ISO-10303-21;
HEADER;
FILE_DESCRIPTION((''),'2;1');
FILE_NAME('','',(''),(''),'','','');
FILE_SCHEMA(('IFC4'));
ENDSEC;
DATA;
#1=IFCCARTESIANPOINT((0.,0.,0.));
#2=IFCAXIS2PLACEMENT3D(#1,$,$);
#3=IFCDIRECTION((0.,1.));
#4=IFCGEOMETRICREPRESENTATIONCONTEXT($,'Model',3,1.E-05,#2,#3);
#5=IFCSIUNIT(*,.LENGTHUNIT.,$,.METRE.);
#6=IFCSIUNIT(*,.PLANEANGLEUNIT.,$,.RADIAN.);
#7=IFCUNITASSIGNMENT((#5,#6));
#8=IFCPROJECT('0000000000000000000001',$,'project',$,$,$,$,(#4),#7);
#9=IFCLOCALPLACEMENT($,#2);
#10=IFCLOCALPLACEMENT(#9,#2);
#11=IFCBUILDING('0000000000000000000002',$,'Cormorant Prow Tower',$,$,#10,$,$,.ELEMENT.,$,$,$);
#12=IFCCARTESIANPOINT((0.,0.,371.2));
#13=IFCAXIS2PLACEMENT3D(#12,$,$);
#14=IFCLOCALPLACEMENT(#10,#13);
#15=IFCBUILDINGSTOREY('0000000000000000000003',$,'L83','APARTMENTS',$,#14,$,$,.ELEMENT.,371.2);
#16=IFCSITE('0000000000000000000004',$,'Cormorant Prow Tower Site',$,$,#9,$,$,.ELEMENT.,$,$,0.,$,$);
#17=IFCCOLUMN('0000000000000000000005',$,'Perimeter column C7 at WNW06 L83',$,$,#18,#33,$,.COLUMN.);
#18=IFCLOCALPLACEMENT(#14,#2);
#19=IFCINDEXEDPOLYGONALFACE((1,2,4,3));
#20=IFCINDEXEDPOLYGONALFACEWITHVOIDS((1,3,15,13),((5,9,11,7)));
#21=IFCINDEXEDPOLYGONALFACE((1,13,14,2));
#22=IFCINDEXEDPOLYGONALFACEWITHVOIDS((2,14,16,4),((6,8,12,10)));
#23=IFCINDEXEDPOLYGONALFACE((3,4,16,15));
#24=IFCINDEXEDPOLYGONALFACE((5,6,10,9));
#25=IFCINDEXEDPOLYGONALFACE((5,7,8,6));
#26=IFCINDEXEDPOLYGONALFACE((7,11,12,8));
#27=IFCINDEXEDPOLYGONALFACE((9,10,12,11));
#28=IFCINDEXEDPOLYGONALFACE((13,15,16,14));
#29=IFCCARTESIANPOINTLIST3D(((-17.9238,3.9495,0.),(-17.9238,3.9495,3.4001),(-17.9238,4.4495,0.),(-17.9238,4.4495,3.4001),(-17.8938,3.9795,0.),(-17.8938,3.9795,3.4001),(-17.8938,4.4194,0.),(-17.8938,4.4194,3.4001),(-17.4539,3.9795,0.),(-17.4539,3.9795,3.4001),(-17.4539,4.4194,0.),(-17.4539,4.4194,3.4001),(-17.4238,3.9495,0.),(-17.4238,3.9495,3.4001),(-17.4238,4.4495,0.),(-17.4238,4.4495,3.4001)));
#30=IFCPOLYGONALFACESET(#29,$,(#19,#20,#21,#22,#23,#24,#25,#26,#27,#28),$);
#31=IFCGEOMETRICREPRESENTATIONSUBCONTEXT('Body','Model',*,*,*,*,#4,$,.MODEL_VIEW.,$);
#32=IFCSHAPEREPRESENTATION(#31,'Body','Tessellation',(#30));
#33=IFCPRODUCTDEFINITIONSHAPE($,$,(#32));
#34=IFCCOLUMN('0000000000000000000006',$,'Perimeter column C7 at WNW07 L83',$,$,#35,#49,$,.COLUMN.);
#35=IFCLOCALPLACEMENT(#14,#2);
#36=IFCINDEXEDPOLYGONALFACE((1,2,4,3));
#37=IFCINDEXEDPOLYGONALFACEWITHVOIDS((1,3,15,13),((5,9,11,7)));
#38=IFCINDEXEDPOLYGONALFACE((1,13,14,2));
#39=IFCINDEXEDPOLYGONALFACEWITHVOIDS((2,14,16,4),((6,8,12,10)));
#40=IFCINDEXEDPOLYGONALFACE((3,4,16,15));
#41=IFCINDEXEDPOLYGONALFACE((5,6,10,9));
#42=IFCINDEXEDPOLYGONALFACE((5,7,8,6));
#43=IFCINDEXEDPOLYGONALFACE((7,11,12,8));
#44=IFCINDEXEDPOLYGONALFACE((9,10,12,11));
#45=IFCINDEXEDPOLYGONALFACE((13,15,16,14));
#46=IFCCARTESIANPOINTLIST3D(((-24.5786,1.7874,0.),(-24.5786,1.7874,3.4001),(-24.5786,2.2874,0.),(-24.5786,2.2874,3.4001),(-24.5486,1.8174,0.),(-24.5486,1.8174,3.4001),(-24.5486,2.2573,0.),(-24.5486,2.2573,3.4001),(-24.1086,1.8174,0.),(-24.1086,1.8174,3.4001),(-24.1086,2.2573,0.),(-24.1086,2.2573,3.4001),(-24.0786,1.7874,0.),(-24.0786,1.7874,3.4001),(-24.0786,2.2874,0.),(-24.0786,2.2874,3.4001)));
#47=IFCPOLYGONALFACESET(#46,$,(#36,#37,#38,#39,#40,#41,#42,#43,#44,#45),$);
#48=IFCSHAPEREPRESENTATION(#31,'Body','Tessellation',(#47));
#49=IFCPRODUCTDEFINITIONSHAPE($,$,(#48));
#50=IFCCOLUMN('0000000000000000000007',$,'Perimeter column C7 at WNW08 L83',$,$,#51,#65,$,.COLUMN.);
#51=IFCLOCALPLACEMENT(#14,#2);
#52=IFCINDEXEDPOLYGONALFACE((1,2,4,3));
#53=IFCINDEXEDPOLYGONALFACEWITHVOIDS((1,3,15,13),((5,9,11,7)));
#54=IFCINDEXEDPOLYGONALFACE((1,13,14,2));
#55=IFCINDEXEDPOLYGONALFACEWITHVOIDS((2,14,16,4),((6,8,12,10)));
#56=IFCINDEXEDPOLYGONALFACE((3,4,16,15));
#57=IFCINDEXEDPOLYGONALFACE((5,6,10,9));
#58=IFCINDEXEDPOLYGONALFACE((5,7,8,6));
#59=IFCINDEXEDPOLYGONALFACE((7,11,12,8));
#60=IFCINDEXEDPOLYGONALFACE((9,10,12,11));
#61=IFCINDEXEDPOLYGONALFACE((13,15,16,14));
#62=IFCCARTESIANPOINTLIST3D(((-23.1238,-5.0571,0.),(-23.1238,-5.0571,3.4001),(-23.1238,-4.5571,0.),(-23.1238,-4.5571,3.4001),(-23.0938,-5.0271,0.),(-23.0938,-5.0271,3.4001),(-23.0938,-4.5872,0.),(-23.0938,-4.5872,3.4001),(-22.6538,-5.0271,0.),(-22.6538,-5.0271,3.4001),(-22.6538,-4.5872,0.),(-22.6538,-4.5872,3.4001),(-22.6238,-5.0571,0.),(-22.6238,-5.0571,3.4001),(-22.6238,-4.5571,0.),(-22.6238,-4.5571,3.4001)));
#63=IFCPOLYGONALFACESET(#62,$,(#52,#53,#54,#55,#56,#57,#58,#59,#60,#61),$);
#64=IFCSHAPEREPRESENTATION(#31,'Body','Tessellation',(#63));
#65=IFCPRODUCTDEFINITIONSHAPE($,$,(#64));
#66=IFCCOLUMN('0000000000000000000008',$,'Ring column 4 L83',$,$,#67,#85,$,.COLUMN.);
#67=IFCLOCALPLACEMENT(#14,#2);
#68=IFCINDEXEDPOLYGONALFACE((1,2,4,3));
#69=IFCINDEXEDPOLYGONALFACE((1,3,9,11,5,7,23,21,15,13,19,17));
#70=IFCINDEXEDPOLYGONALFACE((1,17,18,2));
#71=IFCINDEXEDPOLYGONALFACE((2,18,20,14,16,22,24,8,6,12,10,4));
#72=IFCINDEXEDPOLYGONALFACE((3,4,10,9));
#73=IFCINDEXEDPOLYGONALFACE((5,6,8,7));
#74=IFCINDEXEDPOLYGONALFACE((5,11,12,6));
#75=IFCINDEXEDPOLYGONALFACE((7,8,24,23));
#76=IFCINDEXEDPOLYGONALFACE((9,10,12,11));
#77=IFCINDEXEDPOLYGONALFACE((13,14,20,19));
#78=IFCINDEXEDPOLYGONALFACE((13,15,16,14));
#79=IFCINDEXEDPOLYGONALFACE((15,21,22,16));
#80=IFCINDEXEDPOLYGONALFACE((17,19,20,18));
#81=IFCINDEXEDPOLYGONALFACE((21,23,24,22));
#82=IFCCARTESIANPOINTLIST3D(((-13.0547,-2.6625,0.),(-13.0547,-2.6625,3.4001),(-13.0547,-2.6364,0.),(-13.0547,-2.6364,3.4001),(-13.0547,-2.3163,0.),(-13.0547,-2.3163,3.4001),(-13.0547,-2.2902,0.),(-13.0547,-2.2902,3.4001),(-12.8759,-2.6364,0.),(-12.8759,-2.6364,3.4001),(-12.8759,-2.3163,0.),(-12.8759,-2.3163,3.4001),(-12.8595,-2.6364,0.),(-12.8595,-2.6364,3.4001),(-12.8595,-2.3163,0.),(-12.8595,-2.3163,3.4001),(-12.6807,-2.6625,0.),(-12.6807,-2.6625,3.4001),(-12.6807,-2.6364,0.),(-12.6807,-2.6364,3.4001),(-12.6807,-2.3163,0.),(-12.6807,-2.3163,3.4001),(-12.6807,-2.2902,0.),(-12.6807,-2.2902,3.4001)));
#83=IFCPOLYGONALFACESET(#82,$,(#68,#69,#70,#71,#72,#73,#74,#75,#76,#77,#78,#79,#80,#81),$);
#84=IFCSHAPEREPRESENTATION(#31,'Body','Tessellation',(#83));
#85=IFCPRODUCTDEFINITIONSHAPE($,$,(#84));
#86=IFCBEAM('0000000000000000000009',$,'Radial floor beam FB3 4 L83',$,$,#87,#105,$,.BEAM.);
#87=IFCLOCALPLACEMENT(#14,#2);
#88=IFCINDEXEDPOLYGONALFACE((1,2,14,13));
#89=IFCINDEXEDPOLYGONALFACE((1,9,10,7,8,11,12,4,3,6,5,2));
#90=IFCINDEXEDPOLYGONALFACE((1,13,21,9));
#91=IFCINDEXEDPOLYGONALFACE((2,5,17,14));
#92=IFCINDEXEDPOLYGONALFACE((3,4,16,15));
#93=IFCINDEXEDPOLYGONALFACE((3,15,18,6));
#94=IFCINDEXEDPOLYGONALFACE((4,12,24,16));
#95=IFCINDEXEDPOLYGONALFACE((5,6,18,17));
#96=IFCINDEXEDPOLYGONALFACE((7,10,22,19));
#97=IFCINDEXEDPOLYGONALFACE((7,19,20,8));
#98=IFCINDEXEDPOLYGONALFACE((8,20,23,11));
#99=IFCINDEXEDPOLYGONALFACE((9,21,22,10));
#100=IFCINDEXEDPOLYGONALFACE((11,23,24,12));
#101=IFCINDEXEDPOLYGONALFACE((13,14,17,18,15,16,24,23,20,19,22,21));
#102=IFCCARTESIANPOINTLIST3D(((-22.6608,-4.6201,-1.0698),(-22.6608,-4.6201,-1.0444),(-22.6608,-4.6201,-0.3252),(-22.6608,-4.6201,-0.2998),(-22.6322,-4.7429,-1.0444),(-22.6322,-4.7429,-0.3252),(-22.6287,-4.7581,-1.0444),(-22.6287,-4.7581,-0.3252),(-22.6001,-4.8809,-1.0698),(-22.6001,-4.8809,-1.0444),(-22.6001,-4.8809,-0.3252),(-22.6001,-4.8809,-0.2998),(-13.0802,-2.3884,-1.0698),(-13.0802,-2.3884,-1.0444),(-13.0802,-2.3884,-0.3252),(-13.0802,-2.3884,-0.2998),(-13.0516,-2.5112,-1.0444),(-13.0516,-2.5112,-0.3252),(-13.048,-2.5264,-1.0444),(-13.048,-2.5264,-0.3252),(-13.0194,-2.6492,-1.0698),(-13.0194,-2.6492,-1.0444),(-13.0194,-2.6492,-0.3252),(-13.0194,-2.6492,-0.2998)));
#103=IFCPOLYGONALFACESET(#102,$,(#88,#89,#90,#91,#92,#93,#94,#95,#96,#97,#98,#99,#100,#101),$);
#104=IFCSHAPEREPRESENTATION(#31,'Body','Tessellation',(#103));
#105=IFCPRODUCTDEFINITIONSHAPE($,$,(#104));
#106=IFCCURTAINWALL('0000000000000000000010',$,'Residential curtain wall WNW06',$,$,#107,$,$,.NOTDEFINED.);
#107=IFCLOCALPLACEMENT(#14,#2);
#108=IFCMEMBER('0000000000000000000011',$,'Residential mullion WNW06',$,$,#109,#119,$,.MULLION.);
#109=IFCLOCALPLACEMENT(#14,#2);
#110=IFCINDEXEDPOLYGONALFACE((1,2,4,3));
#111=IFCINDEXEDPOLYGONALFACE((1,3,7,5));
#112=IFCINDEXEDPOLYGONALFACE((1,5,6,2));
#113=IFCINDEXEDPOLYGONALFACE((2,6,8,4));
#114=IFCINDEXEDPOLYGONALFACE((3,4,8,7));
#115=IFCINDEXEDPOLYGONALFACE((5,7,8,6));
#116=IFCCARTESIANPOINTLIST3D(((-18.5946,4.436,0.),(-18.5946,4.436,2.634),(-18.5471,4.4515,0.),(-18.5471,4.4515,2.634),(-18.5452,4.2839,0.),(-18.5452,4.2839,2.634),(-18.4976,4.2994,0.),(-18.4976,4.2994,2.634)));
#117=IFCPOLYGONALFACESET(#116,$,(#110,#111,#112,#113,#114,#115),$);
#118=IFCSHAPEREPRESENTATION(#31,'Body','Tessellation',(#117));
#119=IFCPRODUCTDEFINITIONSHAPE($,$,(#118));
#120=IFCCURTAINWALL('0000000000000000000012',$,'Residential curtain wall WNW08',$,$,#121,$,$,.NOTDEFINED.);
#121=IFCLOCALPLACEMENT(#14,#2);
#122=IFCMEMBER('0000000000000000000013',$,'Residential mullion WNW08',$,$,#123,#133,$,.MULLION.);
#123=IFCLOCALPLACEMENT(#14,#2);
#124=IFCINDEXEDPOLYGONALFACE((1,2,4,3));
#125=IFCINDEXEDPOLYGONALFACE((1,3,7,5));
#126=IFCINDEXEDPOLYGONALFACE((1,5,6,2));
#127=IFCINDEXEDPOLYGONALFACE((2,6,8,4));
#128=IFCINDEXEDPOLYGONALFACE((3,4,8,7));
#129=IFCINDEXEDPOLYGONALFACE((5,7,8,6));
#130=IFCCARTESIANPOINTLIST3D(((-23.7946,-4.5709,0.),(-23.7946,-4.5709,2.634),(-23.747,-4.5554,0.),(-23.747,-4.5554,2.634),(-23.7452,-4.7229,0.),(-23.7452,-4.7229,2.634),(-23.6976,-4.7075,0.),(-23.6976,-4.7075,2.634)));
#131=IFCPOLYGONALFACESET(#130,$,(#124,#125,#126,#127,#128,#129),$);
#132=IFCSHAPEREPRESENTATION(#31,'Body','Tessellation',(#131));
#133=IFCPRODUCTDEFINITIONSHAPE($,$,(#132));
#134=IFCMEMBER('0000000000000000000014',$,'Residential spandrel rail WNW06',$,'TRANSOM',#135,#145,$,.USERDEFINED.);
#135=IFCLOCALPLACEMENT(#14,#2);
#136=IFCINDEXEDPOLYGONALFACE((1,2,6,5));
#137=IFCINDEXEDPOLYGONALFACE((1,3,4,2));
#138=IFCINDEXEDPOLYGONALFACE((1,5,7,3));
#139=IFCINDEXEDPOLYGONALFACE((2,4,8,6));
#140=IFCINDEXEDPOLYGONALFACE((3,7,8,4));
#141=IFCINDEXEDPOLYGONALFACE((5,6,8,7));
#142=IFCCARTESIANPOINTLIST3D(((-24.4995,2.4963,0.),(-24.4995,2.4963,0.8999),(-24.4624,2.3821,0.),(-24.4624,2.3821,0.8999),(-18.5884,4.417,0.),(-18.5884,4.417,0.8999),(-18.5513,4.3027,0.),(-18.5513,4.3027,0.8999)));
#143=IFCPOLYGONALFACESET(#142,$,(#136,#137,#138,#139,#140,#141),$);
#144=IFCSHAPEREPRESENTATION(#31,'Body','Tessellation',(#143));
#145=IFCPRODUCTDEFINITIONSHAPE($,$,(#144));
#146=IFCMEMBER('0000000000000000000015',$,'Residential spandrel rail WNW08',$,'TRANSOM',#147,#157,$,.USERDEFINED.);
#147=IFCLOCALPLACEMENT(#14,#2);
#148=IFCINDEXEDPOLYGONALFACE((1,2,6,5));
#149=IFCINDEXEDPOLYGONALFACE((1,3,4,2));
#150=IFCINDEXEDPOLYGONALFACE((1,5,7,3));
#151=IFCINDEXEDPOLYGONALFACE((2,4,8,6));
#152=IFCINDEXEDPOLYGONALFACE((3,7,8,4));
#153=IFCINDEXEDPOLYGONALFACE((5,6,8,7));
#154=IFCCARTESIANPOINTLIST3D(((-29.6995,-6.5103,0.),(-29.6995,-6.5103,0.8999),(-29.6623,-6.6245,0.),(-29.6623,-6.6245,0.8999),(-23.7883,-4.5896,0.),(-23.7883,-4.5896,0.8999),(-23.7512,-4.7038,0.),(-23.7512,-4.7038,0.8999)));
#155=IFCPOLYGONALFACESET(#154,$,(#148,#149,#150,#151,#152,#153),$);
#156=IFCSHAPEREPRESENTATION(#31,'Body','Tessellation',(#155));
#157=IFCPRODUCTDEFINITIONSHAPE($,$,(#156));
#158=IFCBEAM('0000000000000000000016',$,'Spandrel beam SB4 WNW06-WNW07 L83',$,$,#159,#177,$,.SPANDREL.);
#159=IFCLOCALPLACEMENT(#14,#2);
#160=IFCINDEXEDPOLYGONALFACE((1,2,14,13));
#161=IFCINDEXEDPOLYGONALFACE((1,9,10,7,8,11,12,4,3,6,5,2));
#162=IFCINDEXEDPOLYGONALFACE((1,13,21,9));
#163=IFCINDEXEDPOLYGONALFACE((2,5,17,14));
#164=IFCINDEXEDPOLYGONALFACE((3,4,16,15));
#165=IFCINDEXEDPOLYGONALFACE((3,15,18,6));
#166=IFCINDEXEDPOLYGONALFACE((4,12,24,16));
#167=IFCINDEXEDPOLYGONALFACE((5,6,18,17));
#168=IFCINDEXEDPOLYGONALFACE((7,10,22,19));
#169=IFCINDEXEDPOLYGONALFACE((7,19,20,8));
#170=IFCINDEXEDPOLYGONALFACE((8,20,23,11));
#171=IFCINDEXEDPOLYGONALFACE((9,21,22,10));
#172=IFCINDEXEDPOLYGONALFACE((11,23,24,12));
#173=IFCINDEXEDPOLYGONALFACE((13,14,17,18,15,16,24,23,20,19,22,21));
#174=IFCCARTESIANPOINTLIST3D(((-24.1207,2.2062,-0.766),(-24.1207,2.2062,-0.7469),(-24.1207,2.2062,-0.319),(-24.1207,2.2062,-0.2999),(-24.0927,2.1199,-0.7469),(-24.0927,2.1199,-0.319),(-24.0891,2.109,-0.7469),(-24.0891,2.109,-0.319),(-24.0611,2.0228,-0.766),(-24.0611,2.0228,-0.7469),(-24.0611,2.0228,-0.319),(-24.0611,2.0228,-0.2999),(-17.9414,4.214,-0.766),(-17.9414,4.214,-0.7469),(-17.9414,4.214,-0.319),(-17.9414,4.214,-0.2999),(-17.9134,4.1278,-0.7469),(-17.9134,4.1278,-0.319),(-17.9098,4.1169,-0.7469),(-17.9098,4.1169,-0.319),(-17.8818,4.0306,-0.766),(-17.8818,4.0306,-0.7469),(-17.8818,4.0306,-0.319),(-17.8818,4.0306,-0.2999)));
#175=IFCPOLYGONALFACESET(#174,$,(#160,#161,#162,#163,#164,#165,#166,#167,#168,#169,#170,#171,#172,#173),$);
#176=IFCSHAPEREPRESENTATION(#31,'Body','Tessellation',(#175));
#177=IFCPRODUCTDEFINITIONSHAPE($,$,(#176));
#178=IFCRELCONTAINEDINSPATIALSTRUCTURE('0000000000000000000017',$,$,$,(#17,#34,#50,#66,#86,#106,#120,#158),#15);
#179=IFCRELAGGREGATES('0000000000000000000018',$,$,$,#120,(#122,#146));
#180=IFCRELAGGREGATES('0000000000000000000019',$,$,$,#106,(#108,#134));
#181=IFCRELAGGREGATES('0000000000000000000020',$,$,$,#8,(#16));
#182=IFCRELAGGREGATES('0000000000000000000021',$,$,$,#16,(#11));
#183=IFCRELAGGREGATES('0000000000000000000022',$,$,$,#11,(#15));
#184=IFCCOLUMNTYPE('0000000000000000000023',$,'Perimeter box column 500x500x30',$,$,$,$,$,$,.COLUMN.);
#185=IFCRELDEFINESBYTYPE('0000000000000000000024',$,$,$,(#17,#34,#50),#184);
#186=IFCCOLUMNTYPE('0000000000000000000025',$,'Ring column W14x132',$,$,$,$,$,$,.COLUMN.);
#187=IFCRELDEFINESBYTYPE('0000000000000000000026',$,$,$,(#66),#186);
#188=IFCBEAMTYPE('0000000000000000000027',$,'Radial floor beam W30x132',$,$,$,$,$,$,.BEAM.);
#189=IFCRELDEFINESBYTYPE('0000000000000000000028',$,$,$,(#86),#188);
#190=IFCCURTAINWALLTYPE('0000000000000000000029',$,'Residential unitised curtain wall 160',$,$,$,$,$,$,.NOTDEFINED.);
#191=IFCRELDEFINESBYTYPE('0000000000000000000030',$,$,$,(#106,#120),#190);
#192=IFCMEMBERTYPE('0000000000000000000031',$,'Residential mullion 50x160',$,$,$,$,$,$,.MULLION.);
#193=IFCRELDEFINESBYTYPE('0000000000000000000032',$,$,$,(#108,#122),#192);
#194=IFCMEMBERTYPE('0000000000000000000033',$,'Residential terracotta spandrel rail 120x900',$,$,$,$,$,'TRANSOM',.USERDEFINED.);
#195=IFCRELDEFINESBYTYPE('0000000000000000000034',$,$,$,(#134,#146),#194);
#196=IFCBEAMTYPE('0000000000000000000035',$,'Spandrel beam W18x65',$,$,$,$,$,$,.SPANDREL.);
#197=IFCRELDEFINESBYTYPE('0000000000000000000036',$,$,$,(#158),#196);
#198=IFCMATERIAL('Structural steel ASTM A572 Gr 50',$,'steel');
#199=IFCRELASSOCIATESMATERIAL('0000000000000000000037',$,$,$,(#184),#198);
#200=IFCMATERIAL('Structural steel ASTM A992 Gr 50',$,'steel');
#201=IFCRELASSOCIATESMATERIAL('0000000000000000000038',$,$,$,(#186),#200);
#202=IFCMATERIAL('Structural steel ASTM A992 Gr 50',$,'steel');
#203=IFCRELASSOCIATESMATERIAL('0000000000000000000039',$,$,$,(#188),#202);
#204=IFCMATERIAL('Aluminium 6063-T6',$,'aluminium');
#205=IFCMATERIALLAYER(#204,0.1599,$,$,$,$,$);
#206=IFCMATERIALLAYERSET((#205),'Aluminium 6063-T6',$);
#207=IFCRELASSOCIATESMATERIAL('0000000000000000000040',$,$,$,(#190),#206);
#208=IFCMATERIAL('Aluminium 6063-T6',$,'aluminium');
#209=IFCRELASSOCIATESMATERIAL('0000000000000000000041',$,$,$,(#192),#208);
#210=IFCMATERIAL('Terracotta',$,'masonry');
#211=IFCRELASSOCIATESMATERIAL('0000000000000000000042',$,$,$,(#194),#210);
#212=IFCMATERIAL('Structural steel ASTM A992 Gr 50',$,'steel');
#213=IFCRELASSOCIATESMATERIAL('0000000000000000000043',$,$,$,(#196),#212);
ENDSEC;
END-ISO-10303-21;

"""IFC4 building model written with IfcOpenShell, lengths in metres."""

from ifc_helpers import new_model, si_unit, direction, frame, origin, origin_2d, place, context, subcontext, project, spatial, rectangle, hollow_rectangle, i_section, extrude, material, layer, layer_set, material_profile, profile_set, type_object, element, aggregate, save


model = new_model("IFC4")

# Units and contexts
model_context = context("Model", 3, precision=1e-05, world=origin(), true_north=direction((0.0, 1.0)))
body_context = subcontext(model_context, "Body", "Model", "MODEL_VIEW")
ifc_project = project(units=[si_unit("LENGTHUNIT", "METRE"), si_unit("PLANEANGLEUNIT", "RADIAN")], contexts=[model_context])

# Site, building, storey
site_placement = place(None, origin())
site = spatial("IfcSite", under=ifc_project, at=site_placement, Name="Cormorant Prow Tower Site", CompositionType="ELEMENT", RefElevation=0.0)
building_placement = place(site_placement, origin())
building = spatial("IfcBuilding", under=site, at=building_placement, Name="Cormorant Prow Tower", CompositionType="ELEMENT")
storey_placement = place(building_placement, frame((0.0, 0.0, 371.2)))
storey = spatial("IfcBuildingStorey", under=building, at=storey_placement, Name="L83", Description="APARTMENTS", CompositionType="ELEMENT", Elevation=371.2)

# Columns
ifc_material_1 = material(Name="Structural steel ASTM A572 Gr 50", Category="steel")
ifc_material_profile_1 = material_profile(ifc_material_1, hollow_rectangle(XDim=0.5, YDim=0.5, WallThickness=0.03, at=origin_2d()), Name="Box 500x500x30")
ifc_profile_set_1 = profile_set([ifc_material_profile_1], Name="Structural steel ASTM A572 Gr 50")
column_type_1 = type_object("IfcColumnType", Name="Perimeter box column 500x500x30", PredefinedType="COLUMN", material=ifc_profile_set_1)
for number, where, z_axis, x_axis, name in (
    (1, (-17.6738, 4.1995, 0.0), (0.0, 0.0, 1.0), (1.0, 0.0, 0.0), "Perimeter column C7 at WNW06 L83"),
    (2, (-24.3286, 2.0374, 0.0), (0.0, 0.0, 1.0), (1.0, 0.0, 0.0), "Perimeter column C7 at WNW07 L83"),
    (3, (-22.8738, -4.8071, 0.0), (0.0, 0.0, 1.0), (1.0, 0.0, 0.0), "Perimeter column C7 at WNW08 L83"),
):
    element("IfcColumn", number, at=place(storey_placement, frame(where, z_axis=z_axis, x_axis=x_axis)), inside=storey, type_object=column_type_1, Name=name, PredefinedType="COLUMN", context=body_context, shape_type="SweptSolid", body=[
        extrude(hollow_rectangle(XDim=0.5, YDim=0.5, WallThickness=0.03, at=origin_2d()), origin(), (0.0, 0.0, 1.0), 3.4001),
    ])
ifc_material_2 = material(Name="Structural steel ASTM A992 Gr 50", Category="steel")
ifc_material_profile_2 = material_profile(ifc_material_2, i_section(OverallWidth=0.374, OverallDepth=0.3723, WebThickness=0.0164, FlangeThickness=0.0261, at=origin_2d()), Name="W14x132")
ifc_profile_set_2 = profile_set([ifc_material_profile_2], Name="Structural steel ASTM A992 Gr 50")
column_type_2 = type_object("IfcColumnType", Name="Ring column W14x132", PredefinedType="COLUMN", material=ifc_profile_set_2)
column_placement = place(storey_placement, frame((-12.8677, -2.4763, 0.0), z_axis=(0.0, 0.0, 1.0), x_axis=(1.0, 0.0, 0.0)))
element("IfcColumn", 4, at=column_placement, inside=storey, type_object=column_type_2, Name="Ring column 4 L83", PredefinedType="COLUMN", context=body_context, shape_type="SweptSolid", body=[
    extrude(i_section(OverallWidth=0.374, OverallDepth=0.3723, WebThickness=0.0164, FlangeThickness=0.0261, at=origin_2d()), origin(), (0.0, 0.0, 1.0), 3.4001),
])

# Beam
ifc_material_3 = material(Name="Structural steel ASTM A992 Gr 50", Category="steel")
ifc_material_profile_3 = material_profile(ifc_material_3, i_section(OverallWidth=0.2678, OverallDepth=0.77, WebThickness=0.0156, FlangeThickness=0.0254, at=origin_2d()), Name="W30x132")
ifc_profile_set_3 = profile_set([ifc_material_profile_3], Name="Structural steel ASTM A992 Gr 50")
beam_type_1 = type_object("IfcBeamType", Name="Radial floor beam W30x132", PredefinedType="BEAM", material=ifc_profile_set_3)
beam_placement = place(storey_placement, frame((-13.0498, -2.5188, -0.6848), z_axis=(-0.973926, -0.226866, 0.0), x_axis=(0.226866, -0.973926, 0.0)))
element("IfcBeam", 5, at=beam_placement, inside=storey, type_object=beam_type_1, Name="Radial floor beam FB3 4 L83", PredefinedType="BEAM", context=body_context, shape_type="SweptSolid", body=[
    extrude(i_section(OverallWidth=0.2678, OverallDepth=0.77, WebThickness=0.0156, FlangeThickness=0.0254, at=origin_2d()), origin(), (0.0, 0.0, 1.0), 9.8372),
])

# Curtain walls, members
ifc_material_4 = material(Name="Aluminium 6063-T6", Category="aluminium")
ifc_layer_1 = layer(ifc_material_4, 0.1599)
ifc_layer_set_1 = layer_set([ifc_layer_1], Name="Aluminium 6063-T6")
curtain_wall_type = type_object("IfcCurtainWallType", Name="Residential unitised curtain wall 160", PredefinedType="NOTDEFINED", material=ifc_layer_set_1)
curtain_wall_1_placement = place(storey_placement, origin())
curtain_wall_1 = element("IfcCurtainWall", 6, at=curtain_wall_1_placement, inside=storey, type_object=curtain_wall_type, Name="Residential curtain wall WNW06", PredefinedType="NOTDEFINED")
ifc_material_5 = material(Name="Aluminium 6063-T6", Category="aluminium")
ifc_material_profile_4 = material_profile(ifc_material_5, rectangle(XDim=0.1599, YDim=0.05, at=origin_2d()), Name="Residential mullion 50x160")
ifc_profile_set_4 = profile_set([ifc_material_profile_4], Name="Aluminium 6063-T6")
member_type_1 = type_object("IfcMemberType", Name="Residential mullion 50x160", PredefinedType="MULLION", material=ifc_profile_set_4)
member_1_placement = place(storey_placement, frame((-18.5461, 4.3677, 0.0), z_axis=(0.0, 0.0, 1.0), x_axis=(0.309017, -0.951056, 0.0)))
member_1 = element("IfcMember", 7, at=member_1_placement, type_object=member_type_1, Name="Residential mullion WNW06", PredefinedType="MULLION", context=body_context, shape_type="SweptSolid", body=[
    extrude(rectangle(XDim=0.1599, YDim=0.05, at=origin_2d()), origin(), (0.0, 0.0, 1.0), 2.634),
])
curtain_wall_2_placement = place(storey_placement, origin())
curtain_wall_2 = element("IfcCurtainWall", 8, at=curtain_wall_2_placement, inside=storey, type_object=curtain_wall_type, Name="Residential curtain wall WNW08", PredefinedType="NOTDEFINED")
member_2_placement = place(storey_placement, frame((-23.7461, -4.6392, 0.0), z_axis=(0.0, 0.0, 1.0), x_axis=(0.309017, -0.951056, 0.0)))
member_2 = element("IfcMember", 9, at=member_2_placement, type_object=member_type_1, Name="Residential mullion WNW08", PredefinedType="MULLION", context=body_context, shape_type="SweptSolid", body=[
    extrude(rectangle(XDim=0.1599, YDim=0.05, at=origin_2d()), origin(), (0.0, 0.0, 1.0), 2.634),
])

# Members
ifc_material_6 = material(Name="Terracotta", Category="masonry")
ifc_material_profile_5 = material_profile(ifc_material_6, rectangle(XDim=0.1201, YDim=0.8999, at=origin_2d()), Name="Residential terracotta spandrel rail 120x900")
ifc_profile_set_5 = profile_set([ifc_material_profile_5], Name="Terracotta")
member_type_2 = type_object("IfcMemberType", Name="Residential terracotta spandrel rail 120x900", ElementType="TRANSOM", PredefinedType="USERDEFINED", material=ifc_profile_set_5)
member_3_placement = place(storey_placement, frame((-18.5698, 4.3599, 0.45), z_axis=(-0.951056, -0.309019, 0.0), x_axis=(0.309019, -0.951056, 0.0)))
member_3 = element("IfcMember", 10, at=member_3_placement, type_object=member_type_2, Name="Residential spandrel rail WNW06", ObjectType="TRANSOM", PredefinedType="USERDEFINED", context=body_context, shape_type="SweptSolid", body=[
    extrude(rectangle(XDim=0.1201, YDim=0.8999, at=origin_2d()), origin(), (0.0, 0.0, 1.0), 6.2153),
])
member_4_placement = place(storey_placement, frame((-23.7698, -4.6467, 0.45), z_axis=(-0.951056, -0.309019, 0.0), x_axis=(0.309019, -0.951056, 0.0)))
member_4 = element("IfcMember", 11, at=member_4_placement, type_object=member_type_2, Name="Residential spandrel rail WNW08", ObjectType="TRANSOM", PredefinedType="USERDEFINED", context=body_context, shape_type="SweptSolid", body=[
    extrude(rectangle(XDim=0.1201, YDim=0.8999, at=origin_2d()), origin(), (0.0, 0.0, 1.0), 6.2153),
])
aggregate(curtain_wall_2, [member_2, member_4])

# Beam
ifc_material_7 = material(Name="Structural steel ASTM A992 Gr 50", Category="steel")
ifc_material_profile_6 = material_profile(ifc_material_7, i_section(OverallWidth=0.1929, OverallDepth=0.4661, WebThickness=0.0115, FlangeThickness=0.019, at=origin_2d()), Name="W18x65")
ifc_profile_set_6 = profile_set([ifc_material_profile_6], Name="Structural steel ASTM A992 Gr 50")
beam_type_2 = type_object("IfcBeamType", Name="Spandrel beam W18x65", PredefinedType="SPANDREL", material=ifc_profile_set_6)
for number, where, z_axis, x_axis, name in (
    (12, (-17.9116, 4.1223, -0.533), (-0.951053, -0.309027, 0.0), (0.309027, -0.951053, 0.0), "Spandrel beam SB4 WNW06-WNW07 L83"),
):
    element("IfcBeam", number, at=place(storey_placement, frame(where, z_axis=z_axis, x_axis=x_axis)), inside=storey, type_object=beam_type_2, Name=name, PredefinedType="SPANDREL", context=body_context, shape_type="SweptSolid", body=[
        extrude(i_section(OverallWidth=0.1929, OverallDepth=0.4661, WebThickness=0.0115, FlangeThickness=0.019, at=origin_2d()), origin(), (0.0, 0.0, 1.0), 6.4973),
    ])

aggregate(curtain_wall_1, [member_1, member_3])

save(model, "model.ifc")
